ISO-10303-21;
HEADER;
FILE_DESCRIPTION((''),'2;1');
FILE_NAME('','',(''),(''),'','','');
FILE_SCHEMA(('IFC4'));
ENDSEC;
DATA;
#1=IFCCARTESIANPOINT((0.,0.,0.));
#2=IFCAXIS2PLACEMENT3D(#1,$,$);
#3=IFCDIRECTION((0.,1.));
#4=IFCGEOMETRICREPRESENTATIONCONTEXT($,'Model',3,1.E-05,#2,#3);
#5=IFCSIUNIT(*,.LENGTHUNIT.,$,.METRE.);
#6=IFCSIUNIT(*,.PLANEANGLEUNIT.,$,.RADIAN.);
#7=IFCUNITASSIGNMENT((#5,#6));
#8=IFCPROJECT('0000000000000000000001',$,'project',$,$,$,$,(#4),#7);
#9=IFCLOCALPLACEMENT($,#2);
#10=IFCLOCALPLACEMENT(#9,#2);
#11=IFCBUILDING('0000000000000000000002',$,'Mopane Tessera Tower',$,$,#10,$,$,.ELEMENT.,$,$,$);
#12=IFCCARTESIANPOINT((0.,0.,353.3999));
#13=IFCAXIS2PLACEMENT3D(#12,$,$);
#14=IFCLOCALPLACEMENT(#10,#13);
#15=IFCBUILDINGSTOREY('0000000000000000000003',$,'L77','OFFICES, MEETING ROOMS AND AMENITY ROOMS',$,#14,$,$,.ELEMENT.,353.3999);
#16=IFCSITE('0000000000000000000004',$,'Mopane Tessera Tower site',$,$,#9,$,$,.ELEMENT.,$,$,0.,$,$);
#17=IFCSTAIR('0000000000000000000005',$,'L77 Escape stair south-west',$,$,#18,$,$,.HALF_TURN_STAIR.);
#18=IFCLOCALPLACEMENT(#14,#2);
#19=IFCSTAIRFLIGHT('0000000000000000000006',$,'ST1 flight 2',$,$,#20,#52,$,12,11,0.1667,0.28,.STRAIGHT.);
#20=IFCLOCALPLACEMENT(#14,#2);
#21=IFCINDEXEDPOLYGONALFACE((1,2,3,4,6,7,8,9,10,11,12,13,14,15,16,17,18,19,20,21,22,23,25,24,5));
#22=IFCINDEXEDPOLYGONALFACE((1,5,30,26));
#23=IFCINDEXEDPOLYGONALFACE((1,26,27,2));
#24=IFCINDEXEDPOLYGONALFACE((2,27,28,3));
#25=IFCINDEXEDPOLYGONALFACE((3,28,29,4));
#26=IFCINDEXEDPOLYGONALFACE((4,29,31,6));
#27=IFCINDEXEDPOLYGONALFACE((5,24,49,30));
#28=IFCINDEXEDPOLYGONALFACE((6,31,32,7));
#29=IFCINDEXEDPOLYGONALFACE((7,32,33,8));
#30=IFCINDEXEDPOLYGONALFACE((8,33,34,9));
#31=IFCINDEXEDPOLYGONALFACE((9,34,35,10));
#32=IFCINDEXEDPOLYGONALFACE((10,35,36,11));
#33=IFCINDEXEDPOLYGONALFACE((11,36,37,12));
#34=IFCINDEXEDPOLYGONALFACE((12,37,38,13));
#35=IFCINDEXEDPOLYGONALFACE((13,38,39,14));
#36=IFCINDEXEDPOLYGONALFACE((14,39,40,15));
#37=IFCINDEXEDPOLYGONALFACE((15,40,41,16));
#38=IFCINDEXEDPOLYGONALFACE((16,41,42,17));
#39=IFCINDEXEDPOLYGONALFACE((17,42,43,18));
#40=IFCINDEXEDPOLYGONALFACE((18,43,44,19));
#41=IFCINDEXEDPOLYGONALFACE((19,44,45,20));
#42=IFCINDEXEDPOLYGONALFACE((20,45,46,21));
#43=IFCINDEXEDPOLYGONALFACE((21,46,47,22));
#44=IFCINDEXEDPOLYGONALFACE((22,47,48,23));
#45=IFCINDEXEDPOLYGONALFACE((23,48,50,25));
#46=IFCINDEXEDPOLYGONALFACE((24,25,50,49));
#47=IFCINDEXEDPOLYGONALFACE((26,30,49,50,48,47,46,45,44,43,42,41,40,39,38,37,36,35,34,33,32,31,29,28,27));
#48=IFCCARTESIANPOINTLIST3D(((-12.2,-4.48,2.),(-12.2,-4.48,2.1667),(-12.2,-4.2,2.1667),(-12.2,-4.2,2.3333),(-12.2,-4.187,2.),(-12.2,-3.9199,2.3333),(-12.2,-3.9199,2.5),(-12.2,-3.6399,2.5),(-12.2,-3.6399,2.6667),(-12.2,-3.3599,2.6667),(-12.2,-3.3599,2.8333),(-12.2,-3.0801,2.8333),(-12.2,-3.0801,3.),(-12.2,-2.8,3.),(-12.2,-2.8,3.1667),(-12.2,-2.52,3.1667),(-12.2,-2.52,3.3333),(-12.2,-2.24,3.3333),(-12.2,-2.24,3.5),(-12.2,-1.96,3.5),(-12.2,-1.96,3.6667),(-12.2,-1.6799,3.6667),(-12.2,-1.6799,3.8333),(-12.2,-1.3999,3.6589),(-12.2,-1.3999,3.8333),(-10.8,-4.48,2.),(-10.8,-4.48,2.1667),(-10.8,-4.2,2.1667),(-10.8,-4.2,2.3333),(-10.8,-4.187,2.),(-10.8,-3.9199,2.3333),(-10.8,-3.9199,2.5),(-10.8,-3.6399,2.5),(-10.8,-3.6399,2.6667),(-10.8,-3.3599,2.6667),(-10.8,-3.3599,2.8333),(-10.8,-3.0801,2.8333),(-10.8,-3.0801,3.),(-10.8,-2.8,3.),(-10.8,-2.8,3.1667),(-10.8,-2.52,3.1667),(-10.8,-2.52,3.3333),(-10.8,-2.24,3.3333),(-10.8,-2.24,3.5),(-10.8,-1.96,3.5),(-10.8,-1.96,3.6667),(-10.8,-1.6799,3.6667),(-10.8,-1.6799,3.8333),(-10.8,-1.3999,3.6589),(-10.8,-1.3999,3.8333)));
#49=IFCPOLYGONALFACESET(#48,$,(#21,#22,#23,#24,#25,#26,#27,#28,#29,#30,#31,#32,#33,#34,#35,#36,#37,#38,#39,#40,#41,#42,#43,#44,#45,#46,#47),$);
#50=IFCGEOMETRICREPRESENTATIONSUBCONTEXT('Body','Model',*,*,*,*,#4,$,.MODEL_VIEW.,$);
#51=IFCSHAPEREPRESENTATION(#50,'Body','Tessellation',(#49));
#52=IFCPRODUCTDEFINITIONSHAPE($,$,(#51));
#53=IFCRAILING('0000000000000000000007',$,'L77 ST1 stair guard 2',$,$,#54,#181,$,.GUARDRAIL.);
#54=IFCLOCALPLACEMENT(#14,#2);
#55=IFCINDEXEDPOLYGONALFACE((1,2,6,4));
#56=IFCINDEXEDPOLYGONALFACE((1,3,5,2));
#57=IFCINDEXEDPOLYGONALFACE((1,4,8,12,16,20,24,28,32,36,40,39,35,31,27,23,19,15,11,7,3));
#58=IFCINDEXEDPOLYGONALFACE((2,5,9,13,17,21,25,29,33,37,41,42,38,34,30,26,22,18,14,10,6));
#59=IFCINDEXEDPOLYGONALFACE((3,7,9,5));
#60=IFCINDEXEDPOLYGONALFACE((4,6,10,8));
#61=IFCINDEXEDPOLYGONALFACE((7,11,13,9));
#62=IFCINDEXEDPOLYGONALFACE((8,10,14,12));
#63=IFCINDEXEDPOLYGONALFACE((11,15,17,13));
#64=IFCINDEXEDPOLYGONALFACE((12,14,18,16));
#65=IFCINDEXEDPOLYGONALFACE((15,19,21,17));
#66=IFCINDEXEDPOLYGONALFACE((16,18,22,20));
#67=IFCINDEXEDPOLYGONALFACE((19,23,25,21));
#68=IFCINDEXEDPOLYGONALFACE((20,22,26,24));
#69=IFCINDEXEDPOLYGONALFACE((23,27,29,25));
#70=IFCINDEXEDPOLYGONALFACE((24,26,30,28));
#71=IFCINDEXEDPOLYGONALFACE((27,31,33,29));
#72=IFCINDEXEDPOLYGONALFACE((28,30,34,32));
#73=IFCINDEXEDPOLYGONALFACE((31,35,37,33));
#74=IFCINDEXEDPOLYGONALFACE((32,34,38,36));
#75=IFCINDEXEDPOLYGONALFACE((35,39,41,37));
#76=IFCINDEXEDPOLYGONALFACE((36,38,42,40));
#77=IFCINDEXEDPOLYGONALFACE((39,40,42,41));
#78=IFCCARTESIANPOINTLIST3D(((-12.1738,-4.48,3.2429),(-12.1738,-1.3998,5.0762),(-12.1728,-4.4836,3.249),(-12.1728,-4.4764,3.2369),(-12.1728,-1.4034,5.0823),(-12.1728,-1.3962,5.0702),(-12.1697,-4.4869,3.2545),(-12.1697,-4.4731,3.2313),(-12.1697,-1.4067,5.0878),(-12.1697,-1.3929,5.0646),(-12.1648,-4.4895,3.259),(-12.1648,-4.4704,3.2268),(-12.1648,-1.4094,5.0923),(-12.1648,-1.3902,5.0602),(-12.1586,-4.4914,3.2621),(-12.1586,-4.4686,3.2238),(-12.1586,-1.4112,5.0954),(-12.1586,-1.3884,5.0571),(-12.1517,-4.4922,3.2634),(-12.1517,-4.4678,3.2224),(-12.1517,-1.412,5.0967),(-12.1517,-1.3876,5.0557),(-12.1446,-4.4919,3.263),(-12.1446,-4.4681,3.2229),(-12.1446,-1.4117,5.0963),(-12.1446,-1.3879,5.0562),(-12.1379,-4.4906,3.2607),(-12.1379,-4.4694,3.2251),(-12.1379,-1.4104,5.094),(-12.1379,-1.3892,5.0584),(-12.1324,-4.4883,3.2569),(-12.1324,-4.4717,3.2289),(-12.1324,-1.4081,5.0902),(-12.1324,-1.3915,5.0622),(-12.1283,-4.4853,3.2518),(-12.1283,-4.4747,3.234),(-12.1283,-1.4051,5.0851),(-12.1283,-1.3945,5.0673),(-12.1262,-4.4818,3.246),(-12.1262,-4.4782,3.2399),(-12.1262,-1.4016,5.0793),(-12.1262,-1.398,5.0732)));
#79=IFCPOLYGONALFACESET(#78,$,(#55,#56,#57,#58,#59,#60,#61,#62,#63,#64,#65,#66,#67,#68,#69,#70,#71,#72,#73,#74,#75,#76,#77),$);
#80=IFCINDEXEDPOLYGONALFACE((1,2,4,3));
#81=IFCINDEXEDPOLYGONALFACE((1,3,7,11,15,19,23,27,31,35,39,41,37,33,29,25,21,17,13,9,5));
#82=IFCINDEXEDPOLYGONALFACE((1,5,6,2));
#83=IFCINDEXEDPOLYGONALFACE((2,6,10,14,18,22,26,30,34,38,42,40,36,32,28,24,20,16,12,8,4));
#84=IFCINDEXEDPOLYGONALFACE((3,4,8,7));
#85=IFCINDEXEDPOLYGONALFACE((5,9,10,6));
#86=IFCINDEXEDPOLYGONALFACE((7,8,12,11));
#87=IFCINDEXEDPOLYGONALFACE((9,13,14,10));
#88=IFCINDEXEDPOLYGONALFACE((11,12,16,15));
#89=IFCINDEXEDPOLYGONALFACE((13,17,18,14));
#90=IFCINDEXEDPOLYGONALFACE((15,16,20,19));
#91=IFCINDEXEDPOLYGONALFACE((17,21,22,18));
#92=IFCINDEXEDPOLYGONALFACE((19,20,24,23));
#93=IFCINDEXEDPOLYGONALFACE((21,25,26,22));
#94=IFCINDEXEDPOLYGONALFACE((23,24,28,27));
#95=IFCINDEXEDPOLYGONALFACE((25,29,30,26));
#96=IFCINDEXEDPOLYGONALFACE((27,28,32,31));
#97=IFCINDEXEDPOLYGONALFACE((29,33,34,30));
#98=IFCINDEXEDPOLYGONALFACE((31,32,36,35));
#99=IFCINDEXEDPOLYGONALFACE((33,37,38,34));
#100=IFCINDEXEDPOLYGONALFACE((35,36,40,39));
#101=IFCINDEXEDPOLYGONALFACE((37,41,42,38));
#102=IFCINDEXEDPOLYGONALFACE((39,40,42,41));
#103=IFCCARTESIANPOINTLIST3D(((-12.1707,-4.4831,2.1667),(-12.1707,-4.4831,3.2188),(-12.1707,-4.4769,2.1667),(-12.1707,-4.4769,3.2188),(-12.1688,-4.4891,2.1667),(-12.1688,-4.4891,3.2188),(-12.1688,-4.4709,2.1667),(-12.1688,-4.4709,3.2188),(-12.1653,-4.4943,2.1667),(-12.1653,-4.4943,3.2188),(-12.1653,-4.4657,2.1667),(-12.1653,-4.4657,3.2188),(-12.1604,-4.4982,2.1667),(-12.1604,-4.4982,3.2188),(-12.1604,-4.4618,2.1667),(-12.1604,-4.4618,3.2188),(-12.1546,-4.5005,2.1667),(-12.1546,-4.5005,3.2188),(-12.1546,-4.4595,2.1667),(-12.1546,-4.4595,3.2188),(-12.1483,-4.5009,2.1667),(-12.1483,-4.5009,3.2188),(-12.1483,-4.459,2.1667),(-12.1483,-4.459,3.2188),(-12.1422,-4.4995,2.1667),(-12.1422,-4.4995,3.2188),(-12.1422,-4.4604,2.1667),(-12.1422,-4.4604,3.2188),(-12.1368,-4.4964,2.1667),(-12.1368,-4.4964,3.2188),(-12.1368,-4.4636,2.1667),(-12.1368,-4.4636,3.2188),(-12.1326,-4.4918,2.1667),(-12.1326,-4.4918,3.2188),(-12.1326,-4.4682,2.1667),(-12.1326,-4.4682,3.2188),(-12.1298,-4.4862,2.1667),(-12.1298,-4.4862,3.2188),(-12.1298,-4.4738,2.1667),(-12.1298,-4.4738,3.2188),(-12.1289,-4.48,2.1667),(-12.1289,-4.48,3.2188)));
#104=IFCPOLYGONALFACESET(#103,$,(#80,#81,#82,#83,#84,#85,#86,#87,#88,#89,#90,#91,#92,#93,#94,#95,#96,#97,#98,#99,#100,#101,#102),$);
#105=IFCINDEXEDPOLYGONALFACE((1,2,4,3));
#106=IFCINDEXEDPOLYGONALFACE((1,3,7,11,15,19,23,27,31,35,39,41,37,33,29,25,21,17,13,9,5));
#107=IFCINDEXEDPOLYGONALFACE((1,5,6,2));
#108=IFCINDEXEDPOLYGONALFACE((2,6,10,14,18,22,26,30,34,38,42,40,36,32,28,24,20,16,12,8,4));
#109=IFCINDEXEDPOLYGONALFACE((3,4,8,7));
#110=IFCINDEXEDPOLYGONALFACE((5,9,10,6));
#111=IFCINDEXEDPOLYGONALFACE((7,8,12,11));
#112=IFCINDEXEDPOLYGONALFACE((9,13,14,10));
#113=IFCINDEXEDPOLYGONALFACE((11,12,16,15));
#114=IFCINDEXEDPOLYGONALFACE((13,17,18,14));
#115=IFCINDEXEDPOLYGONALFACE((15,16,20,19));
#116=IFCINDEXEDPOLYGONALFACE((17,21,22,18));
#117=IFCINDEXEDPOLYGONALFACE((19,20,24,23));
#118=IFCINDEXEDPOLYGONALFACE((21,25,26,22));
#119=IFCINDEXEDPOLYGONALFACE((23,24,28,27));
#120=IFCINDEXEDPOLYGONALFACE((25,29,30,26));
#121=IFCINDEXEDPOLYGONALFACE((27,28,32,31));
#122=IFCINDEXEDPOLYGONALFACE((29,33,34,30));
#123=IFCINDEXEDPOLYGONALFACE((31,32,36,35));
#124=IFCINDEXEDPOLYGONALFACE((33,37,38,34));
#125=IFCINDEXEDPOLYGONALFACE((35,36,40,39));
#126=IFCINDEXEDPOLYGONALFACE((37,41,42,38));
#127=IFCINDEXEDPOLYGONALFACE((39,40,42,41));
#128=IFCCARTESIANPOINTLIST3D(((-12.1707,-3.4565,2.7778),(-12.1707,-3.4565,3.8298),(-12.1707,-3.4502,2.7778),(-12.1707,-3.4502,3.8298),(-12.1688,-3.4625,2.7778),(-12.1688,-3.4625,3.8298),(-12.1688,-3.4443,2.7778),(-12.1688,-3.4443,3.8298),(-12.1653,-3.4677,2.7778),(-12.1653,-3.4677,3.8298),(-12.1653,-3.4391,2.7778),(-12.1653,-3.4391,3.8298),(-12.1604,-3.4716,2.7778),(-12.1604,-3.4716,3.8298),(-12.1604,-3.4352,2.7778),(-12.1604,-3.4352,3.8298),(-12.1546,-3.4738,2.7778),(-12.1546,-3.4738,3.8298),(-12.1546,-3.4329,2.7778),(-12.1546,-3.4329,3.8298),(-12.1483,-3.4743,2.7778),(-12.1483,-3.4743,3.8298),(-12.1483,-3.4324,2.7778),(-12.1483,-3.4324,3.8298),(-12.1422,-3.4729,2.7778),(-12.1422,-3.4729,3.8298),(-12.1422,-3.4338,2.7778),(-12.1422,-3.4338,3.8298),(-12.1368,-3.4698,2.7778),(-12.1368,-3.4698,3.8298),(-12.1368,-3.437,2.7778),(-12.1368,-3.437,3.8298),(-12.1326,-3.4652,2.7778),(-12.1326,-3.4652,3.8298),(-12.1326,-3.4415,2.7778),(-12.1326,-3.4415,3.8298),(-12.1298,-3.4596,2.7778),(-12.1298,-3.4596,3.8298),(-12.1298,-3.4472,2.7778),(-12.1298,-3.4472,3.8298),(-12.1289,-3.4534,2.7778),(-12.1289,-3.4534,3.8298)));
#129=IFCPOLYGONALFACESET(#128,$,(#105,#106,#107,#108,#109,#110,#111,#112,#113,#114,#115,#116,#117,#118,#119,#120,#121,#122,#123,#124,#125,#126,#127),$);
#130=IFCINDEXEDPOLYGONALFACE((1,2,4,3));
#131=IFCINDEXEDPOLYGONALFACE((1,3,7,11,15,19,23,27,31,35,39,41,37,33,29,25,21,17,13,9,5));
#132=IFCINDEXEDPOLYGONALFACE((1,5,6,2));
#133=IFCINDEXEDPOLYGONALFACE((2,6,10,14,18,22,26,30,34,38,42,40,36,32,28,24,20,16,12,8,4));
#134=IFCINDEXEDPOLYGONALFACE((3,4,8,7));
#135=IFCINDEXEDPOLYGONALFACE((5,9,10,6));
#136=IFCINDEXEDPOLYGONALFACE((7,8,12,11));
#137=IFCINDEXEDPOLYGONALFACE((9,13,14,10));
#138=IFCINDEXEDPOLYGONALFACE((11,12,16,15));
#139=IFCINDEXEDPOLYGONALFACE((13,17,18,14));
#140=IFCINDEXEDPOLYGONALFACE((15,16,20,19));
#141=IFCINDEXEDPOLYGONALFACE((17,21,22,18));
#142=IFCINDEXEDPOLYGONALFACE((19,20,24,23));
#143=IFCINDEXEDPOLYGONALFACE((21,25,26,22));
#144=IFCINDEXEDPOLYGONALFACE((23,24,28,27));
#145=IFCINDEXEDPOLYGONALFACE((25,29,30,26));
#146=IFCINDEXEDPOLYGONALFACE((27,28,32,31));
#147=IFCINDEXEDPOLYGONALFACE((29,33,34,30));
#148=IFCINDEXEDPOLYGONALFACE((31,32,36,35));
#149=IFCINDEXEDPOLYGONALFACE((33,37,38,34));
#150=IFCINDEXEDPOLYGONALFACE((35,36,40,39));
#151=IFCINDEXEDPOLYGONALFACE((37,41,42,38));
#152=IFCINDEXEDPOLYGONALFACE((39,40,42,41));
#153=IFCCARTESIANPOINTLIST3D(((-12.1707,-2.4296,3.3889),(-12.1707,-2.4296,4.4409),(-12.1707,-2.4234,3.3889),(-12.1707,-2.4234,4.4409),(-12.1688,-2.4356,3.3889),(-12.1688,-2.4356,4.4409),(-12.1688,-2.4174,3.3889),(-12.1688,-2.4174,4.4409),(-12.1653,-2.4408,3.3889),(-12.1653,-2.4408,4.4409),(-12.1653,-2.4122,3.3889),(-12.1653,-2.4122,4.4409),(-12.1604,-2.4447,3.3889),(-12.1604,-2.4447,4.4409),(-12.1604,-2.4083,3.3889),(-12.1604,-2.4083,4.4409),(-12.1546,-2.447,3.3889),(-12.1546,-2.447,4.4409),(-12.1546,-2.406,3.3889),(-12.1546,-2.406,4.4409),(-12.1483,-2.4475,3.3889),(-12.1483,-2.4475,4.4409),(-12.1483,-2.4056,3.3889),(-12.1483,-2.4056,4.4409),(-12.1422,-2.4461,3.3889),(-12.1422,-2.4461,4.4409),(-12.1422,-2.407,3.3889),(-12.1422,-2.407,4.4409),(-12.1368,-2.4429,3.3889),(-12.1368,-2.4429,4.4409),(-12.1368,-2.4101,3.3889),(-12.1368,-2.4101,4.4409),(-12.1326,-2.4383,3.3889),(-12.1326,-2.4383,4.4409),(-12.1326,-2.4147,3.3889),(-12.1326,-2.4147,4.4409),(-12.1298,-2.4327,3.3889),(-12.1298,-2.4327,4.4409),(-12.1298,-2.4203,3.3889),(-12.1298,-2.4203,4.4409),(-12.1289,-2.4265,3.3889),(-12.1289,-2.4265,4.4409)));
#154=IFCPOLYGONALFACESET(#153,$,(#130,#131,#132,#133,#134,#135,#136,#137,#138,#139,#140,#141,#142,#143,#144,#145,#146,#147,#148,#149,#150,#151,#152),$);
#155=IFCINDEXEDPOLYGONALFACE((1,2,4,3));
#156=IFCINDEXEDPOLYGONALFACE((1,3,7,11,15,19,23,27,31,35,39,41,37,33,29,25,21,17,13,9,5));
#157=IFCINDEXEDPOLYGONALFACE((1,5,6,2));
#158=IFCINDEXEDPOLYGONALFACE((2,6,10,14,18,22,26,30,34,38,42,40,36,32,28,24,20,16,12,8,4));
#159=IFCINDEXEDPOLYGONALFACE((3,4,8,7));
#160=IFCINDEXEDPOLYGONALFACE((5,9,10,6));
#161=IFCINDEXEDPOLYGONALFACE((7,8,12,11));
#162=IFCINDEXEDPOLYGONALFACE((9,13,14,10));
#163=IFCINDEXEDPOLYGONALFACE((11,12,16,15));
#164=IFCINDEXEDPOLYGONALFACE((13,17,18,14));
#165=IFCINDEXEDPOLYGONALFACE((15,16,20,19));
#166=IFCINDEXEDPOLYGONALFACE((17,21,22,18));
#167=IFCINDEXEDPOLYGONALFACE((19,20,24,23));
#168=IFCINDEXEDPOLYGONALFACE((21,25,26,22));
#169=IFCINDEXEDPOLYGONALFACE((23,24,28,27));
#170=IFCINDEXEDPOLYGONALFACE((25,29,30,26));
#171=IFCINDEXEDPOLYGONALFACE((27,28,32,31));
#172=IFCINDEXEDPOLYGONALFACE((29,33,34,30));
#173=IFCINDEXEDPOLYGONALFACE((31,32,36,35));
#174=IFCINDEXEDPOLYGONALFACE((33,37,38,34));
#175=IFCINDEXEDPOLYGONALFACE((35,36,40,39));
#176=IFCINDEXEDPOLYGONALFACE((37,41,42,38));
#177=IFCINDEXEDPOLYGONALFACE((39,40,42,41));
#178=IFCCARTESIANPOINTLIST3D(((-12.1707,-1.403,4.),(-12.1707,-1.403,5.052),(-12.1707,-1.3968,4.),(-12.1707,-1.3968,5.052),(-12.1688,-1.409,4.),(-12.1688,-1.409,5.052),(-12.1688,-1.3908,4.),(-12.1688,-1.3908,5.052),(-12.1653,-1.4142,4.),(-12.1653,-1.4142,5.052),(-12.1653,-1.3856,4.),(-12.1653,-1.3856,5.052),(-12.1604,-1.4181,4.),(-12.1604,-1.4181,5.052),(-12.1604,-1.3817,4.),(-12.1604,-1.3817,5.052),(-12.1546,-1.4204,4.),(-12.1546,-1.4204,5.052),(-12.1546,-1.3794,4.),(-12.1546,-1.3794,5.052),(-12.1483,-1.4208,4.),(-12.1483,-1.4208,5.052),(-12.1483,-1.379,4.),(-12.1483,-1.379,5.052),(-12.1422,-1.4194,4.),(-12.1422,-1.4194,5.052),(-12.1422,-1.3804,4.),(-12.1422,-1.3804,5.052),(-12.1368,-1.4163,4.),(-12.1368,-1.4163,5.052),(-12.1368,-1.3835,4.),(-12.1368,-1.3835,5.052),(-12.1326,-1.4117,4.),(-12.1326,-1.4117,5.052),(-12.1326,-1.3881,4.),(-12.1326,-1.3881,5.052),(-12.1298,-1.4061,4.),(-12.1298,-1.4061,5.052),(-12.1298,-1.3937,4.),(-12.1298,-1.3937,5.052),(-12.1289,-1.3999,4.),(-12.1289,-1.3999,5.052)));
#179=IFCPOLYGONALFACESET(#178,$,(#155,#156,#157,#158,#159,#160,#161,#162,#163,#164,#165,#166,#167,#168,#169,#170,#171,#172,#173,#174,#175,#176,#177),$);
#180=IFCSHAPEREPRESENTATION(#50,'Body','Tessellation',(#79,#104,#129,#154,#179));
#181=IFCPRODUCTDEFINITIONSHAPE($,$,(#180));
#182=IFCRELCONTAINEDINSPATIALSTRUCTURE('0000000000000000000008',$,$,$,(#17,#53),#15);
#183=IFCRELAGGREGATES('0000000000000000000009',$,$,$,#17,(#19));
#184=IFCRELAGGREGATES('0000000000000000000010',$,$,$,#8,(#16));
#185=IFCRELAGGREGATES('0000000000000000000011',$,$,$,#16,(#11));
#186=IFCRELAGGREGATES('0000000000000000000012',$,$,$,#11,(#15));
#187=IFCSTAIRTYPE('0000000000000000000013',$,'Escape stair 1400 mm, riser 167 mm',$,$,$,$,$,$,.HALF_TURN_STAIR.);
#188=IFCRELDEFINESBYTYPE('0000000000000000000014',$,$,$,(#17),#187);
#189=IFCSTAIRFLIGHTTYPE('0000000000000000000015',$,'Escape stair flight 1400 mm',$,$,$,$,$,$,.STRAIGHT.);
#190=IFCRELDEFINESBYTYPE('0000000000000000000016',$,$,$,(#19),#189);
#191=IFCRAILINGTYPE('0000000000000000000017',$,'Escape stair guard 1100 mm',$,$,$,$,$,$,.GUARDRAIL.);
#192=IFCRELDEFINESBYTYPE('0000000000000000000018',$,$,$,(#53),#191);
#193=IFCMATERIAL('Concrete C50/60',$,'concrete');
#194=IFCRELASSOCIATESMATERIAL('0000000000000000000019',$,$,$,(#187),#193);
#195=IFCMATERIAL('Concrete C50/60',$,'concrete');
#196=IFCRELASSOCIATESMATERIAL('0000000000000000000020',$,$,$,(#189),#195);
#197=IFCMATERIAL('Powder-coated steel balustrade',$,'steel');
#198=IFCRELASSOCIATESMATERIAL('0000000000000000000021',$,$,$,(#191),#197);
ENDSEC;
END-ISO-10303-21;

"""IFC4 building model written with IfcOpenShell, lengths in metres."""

from ifc_helpers import new_model, si_unit, direction, frame, origin, origin_2d, place, context, subcontext, project, spatial, polyline, circle, outline, extrude, material, type_object, element, aggregate, save


model = new_model("IFC4")

# Units and contexts
model_context = context("Model", 3, precision=1e-05, world=origin(), true_north=direction((0.0, 1.0)))
body_context = subcontext(model_context, "Body", "Model", "MODEL_VIEW")
ifc_project = project(units=[si_unit("LENGTHUNIT", "METRE"), si_unit("PLANEANGLEUNIT", "RADIAN")], contexts=[model_context])

# Site, building, storey
site_placement = place(None, origin())
site = spatial("IfcSite", under=ifc_project, at=site_placement, Name="Mopane Tessera Tower site", CompositionType="ELEMENT", RefElevation=0.0)
building_placement = place(site_placement, origin())
building = spatial("IfcBuilding", under=site, at=building_placement, Name="Mopane Tessera Tower", CompositionType="ELEMENT")
storey_placement = place(building_placement, frame((0.0, 0.0, 353.3999)))
storey = spatial("IfcBuildingStorey", under=building, at=storey_placement, Name="L77", Description="OFFICES, MEETING ROOMS AND AMENITY ROOMS", CompositionType="ELEMENT", Elevation=353.3999)

# Stair, stair flight
ifc_material_1 = material(Name="Concrete C50/60", Category="concrete")
stair_type = type_object("IfcStairType", Name="Escape stair 1400 mm, riser 167 mm", PredefinedType="HALF_TURN_STAIR", material=ifc_material_1)
stair_placement = place(storey_placement, origin())
stair = element("IfcStair", 1, at=stair_placement, inside=storey, type_object=stair_type, Name="L77 Escape stair south-west", PredefinedType="HALF_TURN_STAIR")
ifc_material_2 = material(Name="Concrete C50/60", Category="concrete")
stair_flight_type = type_object("IfcStairFlightType", Name="Escape stair flight 1400 mm", PredefinedType="STRAIGHT", material=ifc_material_2)
stair_flight_placement = place(storey_placement, frame((-11.5, -4.48, 2.0), z_axis=(0.0, 0.0, 1.0), x_axis=(0.0, 1.0, 0.0)))
stair_flight = element("IfcStairFlight", 2, at=stair_flight_placement, type_object=stair_flight_type, Name="ST1 flight 2", NumberOfRisers=12, NumberOfTreads=11, PredefinedType="STRAIGHT", RiserHeight=0.1667, TreadLength=0.28, context=body_context, shape_type="SweptSolid", body=[
    extrude(outline(polyline([(0.0, 0.0), (0.0, 0.1667), (0.28, 0.1667), (0.28, 0.3333), (0.5601, 0.3333), (0.5601, 0.5), (0.8401, 0.5), (0.8401, 0.6667), (1.1201, 0.6667), (1.1201, 0.8333), (1.3999, 0.8333), (1.3999, 1.0), (1.6799, 1.0), (1.6799, 1.1667), (1.96, 1.1667), (1.96, 1.3333), (2.24, 1.3333), (2.24, 1.5), (2.52, 1.5), (2.52, 1.6667), (2.8, 1.6667), (2.8, 1.8333), (3.0801, 1.8333), (3.0801, 2.0), (3.0801, 1.6589), (0.293, 0.0), (0.0, 0.0)])), frame((0.0, 0.7, 0.0), z_axis=(0.0, -1.0, 0.0), x_axis=(1.0, 0.0, 0.0)), (0.0, 0.0, 1.0), 1.3999),
])
aggregate(stair, [stair_flight])

# Railing
ifc_material_3 = material(Name="Powder-coated steel balustrade", Category="steel")
railing_type_1 = type_object("IfcRailingType", Name="Escape stair guard 1100 mm", PredefinedType="GUARDRAIL", material=ifc_material_3)
railing_1_placement = place(storey_placement, frame((-12.1499, -4.48, 2.1667)))
element("IfcRailing", 3, at=railing_1_placement, inside=storey, type_object=railing_type_1, Name="L77 ST1 stair guard 2", PredefinedType="GUARDRAIL", context=body_context, shape_type="SweptSolid", body=[
    extrude(circle(Radius=0.0239, at=origin_2d()), frame((0.0, 0.0, 1.0762), z_axis=(0.0, 0.859309, 0.511458), x_axis=(-1.0, 0.0, 0.0)), (0.0, 0.0, 1.0), 3.5845),
    extrude(circle(Radius=0.021, at=origin_2d()), origin(), (0.0, 0.0, 1.0), 1.052),
    extrude(circle(Radius=0.021, at=origin_2d()), frame((0.0, 1.0266, 0.6111)), (0.0, 0.0, 1.0), 1.052),
    extrude(circle(Radius=0.021, at=origin_2d()), frame((0.0, 2.0535, 1.2222)), (0.0, 0.0, 1.0), 1.052),
    extrude(circle(Radius=0.021, at=origin_2d()), frame((0.0, 3.0801, 1.8333)), (0.0, 0.0, 1.0), 1.052),
])

save(model, "model.ifc")
